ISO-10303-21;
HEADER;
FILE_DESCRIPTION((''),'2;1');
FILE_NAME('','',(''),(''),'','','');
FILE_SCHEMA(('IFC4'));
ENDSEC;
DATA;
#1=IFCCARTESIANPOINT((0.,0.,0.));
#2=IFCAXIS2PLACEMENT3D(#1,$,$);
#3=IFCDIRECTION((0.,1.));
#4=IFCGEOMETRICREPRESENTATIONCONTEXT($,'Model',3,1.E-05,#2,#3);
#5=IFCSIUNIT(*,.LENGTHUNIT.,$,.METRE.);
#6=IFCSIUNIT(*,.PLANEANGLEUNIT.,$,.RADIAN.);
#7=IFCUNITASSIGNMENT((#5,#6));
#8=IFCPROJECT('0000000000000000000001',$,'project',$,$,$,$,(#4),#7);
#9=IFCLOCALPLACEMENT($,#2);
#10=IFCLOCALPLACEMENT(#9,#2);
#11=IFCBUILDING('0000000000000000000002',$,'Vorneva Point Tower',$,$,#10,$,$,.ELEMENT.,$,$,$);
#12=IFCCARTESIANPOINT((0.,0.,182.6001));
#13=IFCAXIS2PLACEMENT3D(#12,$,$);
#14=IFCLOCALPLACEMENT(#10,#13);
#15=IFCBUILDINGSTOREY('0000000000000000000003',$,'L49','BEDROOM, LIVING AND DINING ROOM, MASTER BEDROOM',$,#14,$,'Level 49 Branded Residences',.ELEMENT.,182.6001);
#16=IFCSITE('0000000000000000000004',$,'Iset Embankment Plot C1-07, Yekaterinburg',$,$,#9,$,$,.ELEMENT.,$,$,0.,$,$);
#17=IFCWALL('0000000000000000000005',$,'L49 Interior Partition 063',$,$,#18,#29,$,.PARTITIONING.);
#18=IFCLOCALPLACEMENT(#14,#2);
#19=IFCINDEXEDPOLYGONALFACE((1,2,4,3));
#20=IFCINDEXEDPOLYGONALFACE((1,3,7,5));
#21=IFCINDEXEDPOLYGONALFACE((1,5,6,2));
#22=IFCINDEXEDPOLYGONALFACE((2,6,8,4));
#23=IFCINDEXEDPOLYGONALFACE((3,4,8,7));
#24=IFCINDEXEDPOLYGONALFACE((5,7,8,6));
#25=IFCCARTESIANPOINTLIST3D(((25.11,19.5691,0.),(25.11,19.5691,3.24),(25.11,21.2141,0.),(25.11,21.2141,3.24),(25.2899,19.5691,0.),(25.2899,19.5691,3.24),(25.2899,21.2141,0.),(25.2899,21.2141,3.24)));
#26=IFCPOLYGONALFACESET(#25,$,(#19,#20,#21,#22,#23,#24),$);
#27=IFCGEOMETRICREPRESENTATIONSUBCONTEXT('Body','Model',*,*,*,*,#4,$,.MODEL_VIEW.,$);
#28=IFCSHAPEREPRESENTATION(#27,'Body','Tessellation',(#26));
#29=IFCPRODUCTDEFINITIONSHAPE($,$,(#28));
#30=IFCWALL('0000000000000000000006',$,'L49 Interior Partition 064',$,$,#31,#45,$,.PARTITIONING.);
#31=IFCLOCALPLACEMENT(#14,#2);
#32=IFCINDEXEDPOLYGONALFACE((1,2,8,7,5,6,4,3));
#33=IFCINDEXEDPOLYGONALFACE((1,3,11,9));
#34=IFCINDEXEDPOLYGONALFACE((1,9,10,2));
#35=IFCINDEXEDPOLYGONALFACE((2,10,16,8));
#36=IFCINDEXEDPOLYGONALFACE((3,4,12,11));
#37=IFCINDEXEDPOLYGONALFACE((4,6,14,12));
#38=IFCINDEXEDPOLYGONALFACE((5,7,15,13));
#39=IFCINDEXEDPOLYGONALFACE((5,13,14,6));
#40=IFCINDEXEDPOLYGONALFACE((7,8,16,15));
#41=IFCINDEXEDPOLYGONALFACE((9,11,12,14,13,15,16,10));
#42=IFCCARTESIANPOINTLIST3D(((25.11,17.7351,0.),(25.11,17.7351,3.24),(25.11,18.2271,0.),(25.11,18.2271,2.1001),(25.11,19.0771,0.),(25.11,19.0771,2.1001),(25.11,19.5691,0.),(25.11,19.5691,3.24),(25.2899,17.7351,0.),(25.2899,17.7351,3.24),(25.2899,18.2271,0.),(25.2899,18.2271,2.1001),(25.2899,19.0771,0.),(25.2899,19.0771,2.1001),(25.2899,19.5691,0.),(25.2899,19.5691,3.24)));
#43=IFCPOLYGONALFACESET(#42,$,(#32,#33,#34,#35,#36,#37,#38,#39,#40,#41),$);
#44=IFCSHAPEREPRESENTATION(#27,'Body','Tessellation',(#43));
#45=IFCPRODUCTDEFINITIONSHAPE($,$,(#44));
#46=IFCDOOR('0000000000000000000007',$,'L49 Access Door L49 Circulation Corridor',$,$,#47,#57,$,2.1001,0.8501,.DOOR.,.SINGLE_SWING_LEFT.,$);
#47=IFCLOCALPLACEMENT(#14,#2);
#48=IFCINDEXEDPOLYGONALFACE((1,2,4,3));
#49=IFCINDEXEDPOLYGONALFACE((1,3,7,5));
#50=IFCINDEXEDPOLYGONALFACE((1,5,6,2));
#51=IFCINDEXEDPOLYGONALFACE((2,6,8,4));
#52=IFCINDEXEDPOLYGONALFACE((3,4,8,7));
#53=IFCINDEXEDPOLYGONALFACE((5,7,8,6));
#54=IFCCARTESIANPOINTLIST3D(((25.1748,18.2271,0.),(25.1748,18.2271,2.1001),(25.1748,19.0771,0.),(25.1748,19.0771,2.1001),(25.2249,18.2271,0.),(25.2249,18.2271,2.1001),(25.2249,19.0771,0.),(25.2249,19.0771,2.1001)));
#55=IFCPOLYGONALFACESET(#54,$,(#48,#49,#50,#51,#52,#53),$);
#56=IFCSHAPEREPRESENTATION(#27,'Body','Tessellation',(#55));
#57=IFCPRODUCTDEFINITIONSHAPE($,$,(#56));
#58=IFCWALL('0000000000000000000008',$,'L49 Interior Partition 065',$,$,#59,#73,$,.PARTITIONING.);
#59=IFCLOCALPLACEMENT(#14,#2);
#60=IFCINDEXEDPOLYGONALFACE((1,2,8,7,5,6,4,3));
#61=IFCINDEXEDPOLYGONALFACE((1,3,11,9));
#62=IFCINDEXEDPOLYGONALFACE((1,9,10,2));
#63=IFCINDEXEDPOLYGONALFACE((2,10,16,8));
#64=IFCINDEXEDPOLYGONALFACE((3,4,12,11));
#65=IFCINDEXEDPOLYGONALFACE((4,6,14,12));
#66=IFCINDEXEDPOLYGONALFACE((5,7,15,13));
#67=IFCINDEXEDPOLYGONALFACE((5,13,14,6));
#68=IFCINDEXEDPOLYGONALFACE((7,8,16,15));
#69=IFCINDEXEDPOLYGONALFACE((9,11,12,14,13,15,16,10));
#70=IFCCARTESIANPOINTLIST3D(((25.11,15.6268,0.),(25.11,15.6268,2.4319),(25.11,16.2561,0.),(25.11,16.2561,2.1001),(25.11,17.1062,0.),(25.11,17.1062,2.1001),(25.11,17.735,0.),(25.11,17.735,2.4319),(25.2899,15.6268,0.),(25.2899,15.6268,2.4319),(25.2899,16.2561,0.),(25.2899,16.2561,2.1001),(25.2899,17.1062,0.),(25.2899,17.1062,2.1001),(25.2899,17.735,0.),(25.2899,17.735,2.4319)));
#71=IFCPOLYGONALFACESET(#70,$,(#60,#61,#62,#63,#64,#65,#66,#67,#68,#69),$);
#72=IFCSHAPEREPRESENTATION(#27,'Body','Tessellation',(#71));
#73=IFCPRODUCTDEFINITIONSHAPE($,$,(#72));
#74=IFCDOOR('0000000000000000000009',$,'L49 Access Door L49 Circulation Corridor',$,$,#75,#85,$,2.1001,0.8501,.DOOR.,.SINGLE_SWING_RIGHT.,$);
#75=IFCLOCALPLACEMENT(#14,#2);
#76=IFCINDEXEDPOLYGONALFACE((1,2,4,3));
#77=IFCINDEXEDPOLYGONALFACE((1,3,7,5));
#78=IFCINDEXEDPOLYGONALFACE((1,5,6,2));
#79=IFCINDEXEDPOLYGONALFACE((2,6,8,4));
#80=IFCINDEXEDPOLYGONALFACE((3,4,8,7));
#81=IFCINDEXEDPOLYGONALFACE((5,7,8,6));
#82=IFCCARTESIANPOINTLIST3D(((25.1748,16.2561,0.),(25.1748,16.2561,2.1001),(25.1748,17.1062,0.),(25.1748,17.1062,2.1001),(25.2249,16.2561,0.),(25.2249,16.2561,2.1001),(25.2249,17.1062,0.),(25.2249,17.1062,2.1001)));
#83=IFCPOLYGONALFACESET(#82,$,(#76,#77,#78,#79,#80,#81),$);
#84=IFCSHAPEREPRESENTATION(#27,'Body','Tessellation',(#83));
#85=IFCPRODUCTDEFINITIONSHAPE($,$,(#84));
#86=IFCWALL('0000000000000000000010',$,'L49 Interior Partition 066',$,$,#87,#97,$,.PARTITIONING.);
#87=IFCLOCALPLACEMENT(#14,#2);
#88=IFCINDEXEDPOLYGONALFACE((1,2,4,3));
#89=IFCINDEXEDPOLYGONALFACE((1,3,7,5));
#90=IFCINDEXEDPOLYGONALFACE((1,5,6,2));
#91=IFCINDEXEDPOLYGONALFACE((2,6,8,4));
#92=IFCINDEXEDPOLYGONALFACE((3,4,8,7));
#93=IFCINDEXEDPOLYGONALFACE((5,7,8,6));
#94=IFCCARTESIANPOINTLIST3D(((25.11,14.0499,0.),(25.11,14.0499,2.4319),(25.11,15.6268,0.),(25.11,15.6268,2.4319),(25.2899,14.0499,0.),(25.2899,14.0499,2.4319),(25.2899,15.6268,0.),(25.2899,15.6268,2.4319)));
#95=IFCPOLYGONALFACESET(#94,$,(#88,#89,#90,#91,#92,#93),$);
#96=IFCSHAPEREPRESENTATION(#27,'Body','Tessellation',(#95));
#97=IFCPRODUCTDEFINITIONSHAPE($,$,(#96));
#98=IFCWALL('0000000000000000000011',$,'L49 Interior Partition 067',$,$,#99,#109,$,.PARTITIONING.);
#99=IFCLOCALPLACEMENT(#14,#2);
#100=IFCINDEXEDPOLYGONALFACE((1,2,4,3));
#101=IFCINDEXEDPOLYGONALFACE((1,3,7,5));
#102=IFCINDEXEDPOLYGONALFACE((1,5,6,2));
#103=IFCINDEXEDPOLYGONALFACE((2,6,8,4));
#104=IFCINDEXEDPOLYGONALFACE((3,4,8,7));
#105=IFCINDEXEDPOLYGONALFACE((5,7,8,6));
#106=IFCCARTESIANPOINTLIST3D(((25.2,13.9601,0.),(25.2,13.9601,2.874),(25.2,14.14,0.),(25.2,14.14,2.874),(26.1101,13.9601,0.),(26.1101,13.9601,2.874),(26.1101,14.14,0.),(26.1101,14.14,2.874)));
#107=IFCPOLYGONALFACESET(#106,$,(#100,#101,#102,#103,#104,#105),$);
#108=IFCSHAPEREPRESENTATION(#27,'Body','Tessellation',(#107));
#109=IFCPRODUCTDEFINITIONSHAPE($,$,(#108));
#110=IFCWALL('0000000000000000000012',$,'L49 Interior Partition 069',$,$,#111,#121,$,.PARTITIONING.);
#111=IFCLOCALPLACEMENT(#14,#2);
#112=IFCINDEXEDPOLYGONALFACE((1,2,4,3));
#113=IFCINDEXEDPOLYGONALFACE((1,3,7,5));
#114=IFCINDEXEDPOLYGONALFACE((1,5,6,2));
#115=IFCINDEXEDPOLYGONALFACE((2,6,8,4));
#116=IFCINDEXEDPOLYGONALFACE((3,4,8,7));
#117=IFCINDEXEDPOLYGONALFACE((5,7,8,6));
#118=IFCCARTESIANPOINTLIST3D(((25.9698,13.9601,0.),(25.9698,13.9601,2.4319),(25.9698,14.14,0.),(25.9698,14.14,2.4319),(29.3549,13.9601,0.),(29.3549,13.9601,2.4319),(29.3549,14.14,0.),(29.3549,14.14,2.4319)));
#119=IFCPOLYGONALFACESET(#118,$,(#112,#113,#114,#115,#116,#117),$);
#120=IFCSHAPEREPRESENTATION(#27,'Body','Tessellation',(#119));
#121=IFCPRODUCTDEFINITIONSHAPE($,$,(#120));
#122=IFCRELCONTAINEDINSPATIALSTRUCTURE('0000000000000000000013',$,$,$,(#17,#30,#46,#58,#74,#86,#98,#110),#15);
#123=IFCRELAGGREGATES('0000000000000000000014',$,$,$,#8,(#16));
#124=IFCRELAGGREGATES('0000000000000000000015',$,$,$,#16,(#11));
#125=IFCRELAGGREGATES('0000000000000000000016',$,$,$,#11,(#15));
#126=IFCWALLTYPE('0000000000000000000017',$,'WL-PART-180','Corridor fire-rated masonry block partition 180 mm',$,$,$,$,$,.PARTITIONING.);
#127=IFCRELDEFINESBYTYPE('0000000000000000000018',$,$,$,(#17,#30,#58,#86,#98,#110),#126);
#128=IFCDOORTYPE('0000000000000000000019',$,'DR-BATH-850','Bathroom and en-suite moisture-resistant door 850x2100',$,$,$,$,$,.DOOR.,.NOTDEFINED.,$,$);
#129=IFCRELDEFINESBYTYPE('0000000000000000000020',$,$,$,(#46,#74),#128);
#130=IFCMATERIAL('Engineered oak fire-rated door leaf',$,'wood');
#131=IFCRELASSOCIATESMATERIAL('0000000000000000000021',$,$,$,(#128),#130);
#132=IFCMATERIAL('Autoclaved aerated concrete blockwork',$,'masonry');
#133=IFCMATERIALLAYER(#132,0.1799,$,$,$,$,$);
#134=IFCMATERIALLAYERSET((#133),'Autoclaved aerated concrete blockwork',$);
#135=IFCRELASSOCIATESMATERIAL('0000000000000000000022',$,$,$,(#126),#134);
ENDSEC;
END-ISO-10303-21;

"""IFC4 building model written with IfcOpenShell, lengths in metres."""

from ifc_helpers import new_model, si_unit, direction, frame, frame_2d, origin, place, context, subcontext, project, spatial, rectangle, extrude, material, layer, layer_set, type_object, element, fill, save


model = new_model("IFC4")

# Units and contexts
model_context = context("Model", 3, precision=1e-05, world=origin(), true_north=direction((0.0, 1.0)))
body_context = subcontext(model_context, "Body", "Model", "MODEL_VIEW")
ifc_project = project(units=[si_unit("LENGTHUNIT", "METRE"), si_unit("PLANEANGLEUNIT", "RADIAN")], contexts=[model_context])

# Site, building, storey
site_placement = place(None, origin())
site = spatial("IfcSite", under=ifc_project, at=site_placement, Name="Iset Embankment Plot C1-07, Yekaterinburg", CompositionType="ELEMENT", RefElevation=0.0)
building_placement = place(site_placement, origin())
building = spatial("IfcBuilding", under=site, at=building_placement, Name="Vorneva Point Tower", CompositionType="ELEMENT")
storey_placement = place(building_placement, frame((0.0, 0.0, 182.6001)))
storey = spatial("IfcBuildingStorey", under=building, at=storey_placement, Name="L49", Description="BEDROOM, LIVING AND DINING ROOM, MASTER BEDROOM", LongName="Level 49 Branded Residences", CompositionType="ELEMENT", Elevation=182.6001)

# Shared definitions
ifc_material_1 = material(Name="Engineered oak fire-rated door leaf", Category="wood")
door_type_1 = type_object("IfcDoorType", Name="DR-BATH-850", Description="Bathroom and en-suite moisture-resistant door 850x2100", OperationType="NOTDEFINED", PredefinedType="DOOR", material=ifc_material_1)

# Shared definitions
ifc_material_2 = material(Name="Autoclaved aerated concrete blockwork", Category="masonry")
ifc_layer_1 = layer(ifc_material_2, 0.1799)
ifc_layer_set_1 = layer_set([ifc_layer_1], Name="Autoclaved aerated concrete blockwork")
wall_type_1 = type_object("IfcWallType", Name="WL-PART-180", Description="Corridor fire-rated masonry block partition 180 mm", PredefinedType="PARTITIONING", material=ifc_layer_set_1)

# Wall
wall_1_placement = place(storey_placement, frame((25.2, 21.2141, 0.0), z_axis=(0.0, 0.0, 1.0), x_axis=(0.0, -1.0, 0.0)))
element("IfcWall", 1, at=wall_1_placement, inside=storey, type_object=wall_type_1, Name="L49 Interior Partition 063", PredefinedType="PARTITIONING", context=body_context, shape_type="SweptSolid", body=[
    extrude(rectangle(XDim=1.645, YDim=0.1799, at=frame_2d((0.8225, 0.0))), origin(), (0.0, 0.0, 1.0), 3.24),
])

# Walls, openings, doors
wall_2_placement = place(storey_placement, frame((25.2, 19.5691, 0.0), z_axis=(0.0, 0.0, 1.0), x_axis=(0.0, -1.0, 0.0)))
wall_2 = element("IfcWall", 2, at=wall_2_placement, inside=storey, type_object=wall_type_1, Name="L49 Interior Partition 064", PredefinedType="PARTITIONING", context=body_context, shape_type="SweptSolid", body=[
    extrude(rectangle(XDim=1.834, YDim=0.1799, at=frame_2d((0.917, 0.0))), origin(), (0.0, 0.0, 1.0), 3.24),
])
opening_1_placement = place(wall_2_placement, frame((0.4919, 0.0, 0.0)))
opening_1 = element("IfcOpeningElement", 3, at=opening_1_placement, cuts=wall_2, PredefinedType="OPENING", context=body_context, shape_type="SweptSolid", body=[
    extrude(rectangle(XDim=0.8501, YDim=2.1001, at=frame_2d((0.425, 1.05))), frame((0.0, 0.105, 0.0), z_axis=(0.0, -1.0, 0.0), x_axis=(1.0, 0.0, 0.0)), (0.0, 0.0, 1.0), 0.2097),
])
door_1_placement = place(opening_1_placement, origin())
door_1 = element("IfcDoor", 4, at=door_1_placement, inside=storey, type_object=door_type_1, Name="L49 Access Door L49 Circulation Corridor", OperationType="SINGLE_SWING_LEFT", OverallHeight=2.1001, OverallWidth=0.8501, PredefinedType="DOOR", context=body_context, shape_type="SweptSolid", body=[
    extrude(rectangle(XDim=0.8501, YDim=2.1001, at=frame_2d((0.425, 1.05))), frame((0.0, 0.0249, 0.0), z_axis=(0.0, -1.0, 0.0), x_axis=(1.0, 0.0, 0.0)), (0.0, 0.0, 1.0), 0.05),
])
fill(opening_1, door_1)
wall_3_placement = place(storey_placement, frame((25.2, 17.7351, 0.0), z_axis=(0.0, 0.0, 1.0), x_axis=(0.0, -1.0, 0.0)))
wall_3 = element("IfcWall", 5, at=wall_3_placement, inside=storey, type_object=wall_type_1, Name="L49 Interior Partition 065", PredefinedType="PARTITIONING", context=body_context, shape_type="SweptSolid", body=[
    extrude(rectangle(XDim=2.1082, YDim=0.1799, at=frame_2d((1.0542, 0.0))), origin(), (0.0, 0.0, 1.0), 2.4319),
])
opening_2_placement = place(wall_3_placement, frame((0.6289, 0.0, 0.0)))
opening_2 = element("IfcOpeningElement", 6, at=opening_2_placement, cuts=wall_3, PredefinedType="OPENING", context=body_context, shape_type="SweptSolid", body=[
    extrude(rectangle(XDim=0.8501, YDim=2.1001, at=frame_2d((0.425, 1.05))), frame((0.0, 0.105, 0.0), z_axis=(0.0, -1.0, 0.0), x_axis=(1.0, 0.0, 0.0)), (0.0, 0.0, 1.0), 0.2097),
])
door_2_placement = place(opening_2_placement, origin())
door_2 = element("IfcDoor", 7, at=door_2_placement, inside=storey, type_object=door_type_1, Name="L49 Access Door L49 Circulation Corridor", OperationType="SINGLE_SWING_RIGHT", OverallHeight=2.1001, OverallWidth=0.8501, PredefinedType="DOOR", context=body_context, shape_type="SweptSolid", body=[
    extrude(rectangle(XDim=0.8501, YDim=2.1001, at=frame_2d((0.425, 1.05))), frame((0.0, 0.0249, 0.0), z_axis=(0.0, -1.0, 0.0), x_axis=(1.0, 0.0, 0.0)), (0.0, 0.0, 1.0), 0.05),
])
fill(opening_2, door_2)

# Walls
wall_4_placement = place(storey_placement, frame((25.2, 15.627, 0.0), z_axis=(0.0, 0.0, 1.0), x_axis=(0.0, -1.0, 0.0)))
element("IfcWall", 8, at=wall_4_placement, inside=storey, type_object=wall_type_1, Name="L49 Interior Partition 066", PredefinedType="PARTITIONING", context=body_context, shape_type="SweptSolid", body=[
    extrude(rectangle(XDim=1.5769, YDim=0.1799, at=frame_2d((0.7886, 0.0))), origin(), (0.0, 0.0, 1.0), 2.4319),
])
wall_5_placement = place(storey_placement, frame((25.2, 14.05, 0.0), z_axis=(0.0, 0.0, 1.0), x_axis=(1.0, 0.0, 0.0)))
element("IfcWall", 9, at=wall_5_placement, inside=storey, type_object=wall_type_1, Name="L49 Interior Partition 067", PredefinedType="PARTITIONING", context=body_context, shape_type="SweptSolid", body=[
    extrude(rectangle(XDim=0.9102, YDim=0.1799, at=frame_2d((0.4551, 0.0))), origin(), (0.0, 0.0, 1.0), 2.874),
])
wall_6_placement = place(storey_placement, frame((25.97, 14.05, 0.0), z_axis=(0.0, 0.0, 1.0), x_axis=(1.0, 0.0, 0.0)))
element("IfcWall", 10, at=wall_6_placement, inside=storey, type_object=wall_type_1, Name="L49 Interior Partition 069", PredefinedType="PARTITIONING", context=body_context, shape_type="SweptSolid", body=[
    extrude(rectangle(XDim=3.385, YDim=0.1799, at=frame_2d((1.6924, 0.0))), origin(), (0.0, 0.0, 1.0), 2.4319),
])

save(model, "model.ifc")
